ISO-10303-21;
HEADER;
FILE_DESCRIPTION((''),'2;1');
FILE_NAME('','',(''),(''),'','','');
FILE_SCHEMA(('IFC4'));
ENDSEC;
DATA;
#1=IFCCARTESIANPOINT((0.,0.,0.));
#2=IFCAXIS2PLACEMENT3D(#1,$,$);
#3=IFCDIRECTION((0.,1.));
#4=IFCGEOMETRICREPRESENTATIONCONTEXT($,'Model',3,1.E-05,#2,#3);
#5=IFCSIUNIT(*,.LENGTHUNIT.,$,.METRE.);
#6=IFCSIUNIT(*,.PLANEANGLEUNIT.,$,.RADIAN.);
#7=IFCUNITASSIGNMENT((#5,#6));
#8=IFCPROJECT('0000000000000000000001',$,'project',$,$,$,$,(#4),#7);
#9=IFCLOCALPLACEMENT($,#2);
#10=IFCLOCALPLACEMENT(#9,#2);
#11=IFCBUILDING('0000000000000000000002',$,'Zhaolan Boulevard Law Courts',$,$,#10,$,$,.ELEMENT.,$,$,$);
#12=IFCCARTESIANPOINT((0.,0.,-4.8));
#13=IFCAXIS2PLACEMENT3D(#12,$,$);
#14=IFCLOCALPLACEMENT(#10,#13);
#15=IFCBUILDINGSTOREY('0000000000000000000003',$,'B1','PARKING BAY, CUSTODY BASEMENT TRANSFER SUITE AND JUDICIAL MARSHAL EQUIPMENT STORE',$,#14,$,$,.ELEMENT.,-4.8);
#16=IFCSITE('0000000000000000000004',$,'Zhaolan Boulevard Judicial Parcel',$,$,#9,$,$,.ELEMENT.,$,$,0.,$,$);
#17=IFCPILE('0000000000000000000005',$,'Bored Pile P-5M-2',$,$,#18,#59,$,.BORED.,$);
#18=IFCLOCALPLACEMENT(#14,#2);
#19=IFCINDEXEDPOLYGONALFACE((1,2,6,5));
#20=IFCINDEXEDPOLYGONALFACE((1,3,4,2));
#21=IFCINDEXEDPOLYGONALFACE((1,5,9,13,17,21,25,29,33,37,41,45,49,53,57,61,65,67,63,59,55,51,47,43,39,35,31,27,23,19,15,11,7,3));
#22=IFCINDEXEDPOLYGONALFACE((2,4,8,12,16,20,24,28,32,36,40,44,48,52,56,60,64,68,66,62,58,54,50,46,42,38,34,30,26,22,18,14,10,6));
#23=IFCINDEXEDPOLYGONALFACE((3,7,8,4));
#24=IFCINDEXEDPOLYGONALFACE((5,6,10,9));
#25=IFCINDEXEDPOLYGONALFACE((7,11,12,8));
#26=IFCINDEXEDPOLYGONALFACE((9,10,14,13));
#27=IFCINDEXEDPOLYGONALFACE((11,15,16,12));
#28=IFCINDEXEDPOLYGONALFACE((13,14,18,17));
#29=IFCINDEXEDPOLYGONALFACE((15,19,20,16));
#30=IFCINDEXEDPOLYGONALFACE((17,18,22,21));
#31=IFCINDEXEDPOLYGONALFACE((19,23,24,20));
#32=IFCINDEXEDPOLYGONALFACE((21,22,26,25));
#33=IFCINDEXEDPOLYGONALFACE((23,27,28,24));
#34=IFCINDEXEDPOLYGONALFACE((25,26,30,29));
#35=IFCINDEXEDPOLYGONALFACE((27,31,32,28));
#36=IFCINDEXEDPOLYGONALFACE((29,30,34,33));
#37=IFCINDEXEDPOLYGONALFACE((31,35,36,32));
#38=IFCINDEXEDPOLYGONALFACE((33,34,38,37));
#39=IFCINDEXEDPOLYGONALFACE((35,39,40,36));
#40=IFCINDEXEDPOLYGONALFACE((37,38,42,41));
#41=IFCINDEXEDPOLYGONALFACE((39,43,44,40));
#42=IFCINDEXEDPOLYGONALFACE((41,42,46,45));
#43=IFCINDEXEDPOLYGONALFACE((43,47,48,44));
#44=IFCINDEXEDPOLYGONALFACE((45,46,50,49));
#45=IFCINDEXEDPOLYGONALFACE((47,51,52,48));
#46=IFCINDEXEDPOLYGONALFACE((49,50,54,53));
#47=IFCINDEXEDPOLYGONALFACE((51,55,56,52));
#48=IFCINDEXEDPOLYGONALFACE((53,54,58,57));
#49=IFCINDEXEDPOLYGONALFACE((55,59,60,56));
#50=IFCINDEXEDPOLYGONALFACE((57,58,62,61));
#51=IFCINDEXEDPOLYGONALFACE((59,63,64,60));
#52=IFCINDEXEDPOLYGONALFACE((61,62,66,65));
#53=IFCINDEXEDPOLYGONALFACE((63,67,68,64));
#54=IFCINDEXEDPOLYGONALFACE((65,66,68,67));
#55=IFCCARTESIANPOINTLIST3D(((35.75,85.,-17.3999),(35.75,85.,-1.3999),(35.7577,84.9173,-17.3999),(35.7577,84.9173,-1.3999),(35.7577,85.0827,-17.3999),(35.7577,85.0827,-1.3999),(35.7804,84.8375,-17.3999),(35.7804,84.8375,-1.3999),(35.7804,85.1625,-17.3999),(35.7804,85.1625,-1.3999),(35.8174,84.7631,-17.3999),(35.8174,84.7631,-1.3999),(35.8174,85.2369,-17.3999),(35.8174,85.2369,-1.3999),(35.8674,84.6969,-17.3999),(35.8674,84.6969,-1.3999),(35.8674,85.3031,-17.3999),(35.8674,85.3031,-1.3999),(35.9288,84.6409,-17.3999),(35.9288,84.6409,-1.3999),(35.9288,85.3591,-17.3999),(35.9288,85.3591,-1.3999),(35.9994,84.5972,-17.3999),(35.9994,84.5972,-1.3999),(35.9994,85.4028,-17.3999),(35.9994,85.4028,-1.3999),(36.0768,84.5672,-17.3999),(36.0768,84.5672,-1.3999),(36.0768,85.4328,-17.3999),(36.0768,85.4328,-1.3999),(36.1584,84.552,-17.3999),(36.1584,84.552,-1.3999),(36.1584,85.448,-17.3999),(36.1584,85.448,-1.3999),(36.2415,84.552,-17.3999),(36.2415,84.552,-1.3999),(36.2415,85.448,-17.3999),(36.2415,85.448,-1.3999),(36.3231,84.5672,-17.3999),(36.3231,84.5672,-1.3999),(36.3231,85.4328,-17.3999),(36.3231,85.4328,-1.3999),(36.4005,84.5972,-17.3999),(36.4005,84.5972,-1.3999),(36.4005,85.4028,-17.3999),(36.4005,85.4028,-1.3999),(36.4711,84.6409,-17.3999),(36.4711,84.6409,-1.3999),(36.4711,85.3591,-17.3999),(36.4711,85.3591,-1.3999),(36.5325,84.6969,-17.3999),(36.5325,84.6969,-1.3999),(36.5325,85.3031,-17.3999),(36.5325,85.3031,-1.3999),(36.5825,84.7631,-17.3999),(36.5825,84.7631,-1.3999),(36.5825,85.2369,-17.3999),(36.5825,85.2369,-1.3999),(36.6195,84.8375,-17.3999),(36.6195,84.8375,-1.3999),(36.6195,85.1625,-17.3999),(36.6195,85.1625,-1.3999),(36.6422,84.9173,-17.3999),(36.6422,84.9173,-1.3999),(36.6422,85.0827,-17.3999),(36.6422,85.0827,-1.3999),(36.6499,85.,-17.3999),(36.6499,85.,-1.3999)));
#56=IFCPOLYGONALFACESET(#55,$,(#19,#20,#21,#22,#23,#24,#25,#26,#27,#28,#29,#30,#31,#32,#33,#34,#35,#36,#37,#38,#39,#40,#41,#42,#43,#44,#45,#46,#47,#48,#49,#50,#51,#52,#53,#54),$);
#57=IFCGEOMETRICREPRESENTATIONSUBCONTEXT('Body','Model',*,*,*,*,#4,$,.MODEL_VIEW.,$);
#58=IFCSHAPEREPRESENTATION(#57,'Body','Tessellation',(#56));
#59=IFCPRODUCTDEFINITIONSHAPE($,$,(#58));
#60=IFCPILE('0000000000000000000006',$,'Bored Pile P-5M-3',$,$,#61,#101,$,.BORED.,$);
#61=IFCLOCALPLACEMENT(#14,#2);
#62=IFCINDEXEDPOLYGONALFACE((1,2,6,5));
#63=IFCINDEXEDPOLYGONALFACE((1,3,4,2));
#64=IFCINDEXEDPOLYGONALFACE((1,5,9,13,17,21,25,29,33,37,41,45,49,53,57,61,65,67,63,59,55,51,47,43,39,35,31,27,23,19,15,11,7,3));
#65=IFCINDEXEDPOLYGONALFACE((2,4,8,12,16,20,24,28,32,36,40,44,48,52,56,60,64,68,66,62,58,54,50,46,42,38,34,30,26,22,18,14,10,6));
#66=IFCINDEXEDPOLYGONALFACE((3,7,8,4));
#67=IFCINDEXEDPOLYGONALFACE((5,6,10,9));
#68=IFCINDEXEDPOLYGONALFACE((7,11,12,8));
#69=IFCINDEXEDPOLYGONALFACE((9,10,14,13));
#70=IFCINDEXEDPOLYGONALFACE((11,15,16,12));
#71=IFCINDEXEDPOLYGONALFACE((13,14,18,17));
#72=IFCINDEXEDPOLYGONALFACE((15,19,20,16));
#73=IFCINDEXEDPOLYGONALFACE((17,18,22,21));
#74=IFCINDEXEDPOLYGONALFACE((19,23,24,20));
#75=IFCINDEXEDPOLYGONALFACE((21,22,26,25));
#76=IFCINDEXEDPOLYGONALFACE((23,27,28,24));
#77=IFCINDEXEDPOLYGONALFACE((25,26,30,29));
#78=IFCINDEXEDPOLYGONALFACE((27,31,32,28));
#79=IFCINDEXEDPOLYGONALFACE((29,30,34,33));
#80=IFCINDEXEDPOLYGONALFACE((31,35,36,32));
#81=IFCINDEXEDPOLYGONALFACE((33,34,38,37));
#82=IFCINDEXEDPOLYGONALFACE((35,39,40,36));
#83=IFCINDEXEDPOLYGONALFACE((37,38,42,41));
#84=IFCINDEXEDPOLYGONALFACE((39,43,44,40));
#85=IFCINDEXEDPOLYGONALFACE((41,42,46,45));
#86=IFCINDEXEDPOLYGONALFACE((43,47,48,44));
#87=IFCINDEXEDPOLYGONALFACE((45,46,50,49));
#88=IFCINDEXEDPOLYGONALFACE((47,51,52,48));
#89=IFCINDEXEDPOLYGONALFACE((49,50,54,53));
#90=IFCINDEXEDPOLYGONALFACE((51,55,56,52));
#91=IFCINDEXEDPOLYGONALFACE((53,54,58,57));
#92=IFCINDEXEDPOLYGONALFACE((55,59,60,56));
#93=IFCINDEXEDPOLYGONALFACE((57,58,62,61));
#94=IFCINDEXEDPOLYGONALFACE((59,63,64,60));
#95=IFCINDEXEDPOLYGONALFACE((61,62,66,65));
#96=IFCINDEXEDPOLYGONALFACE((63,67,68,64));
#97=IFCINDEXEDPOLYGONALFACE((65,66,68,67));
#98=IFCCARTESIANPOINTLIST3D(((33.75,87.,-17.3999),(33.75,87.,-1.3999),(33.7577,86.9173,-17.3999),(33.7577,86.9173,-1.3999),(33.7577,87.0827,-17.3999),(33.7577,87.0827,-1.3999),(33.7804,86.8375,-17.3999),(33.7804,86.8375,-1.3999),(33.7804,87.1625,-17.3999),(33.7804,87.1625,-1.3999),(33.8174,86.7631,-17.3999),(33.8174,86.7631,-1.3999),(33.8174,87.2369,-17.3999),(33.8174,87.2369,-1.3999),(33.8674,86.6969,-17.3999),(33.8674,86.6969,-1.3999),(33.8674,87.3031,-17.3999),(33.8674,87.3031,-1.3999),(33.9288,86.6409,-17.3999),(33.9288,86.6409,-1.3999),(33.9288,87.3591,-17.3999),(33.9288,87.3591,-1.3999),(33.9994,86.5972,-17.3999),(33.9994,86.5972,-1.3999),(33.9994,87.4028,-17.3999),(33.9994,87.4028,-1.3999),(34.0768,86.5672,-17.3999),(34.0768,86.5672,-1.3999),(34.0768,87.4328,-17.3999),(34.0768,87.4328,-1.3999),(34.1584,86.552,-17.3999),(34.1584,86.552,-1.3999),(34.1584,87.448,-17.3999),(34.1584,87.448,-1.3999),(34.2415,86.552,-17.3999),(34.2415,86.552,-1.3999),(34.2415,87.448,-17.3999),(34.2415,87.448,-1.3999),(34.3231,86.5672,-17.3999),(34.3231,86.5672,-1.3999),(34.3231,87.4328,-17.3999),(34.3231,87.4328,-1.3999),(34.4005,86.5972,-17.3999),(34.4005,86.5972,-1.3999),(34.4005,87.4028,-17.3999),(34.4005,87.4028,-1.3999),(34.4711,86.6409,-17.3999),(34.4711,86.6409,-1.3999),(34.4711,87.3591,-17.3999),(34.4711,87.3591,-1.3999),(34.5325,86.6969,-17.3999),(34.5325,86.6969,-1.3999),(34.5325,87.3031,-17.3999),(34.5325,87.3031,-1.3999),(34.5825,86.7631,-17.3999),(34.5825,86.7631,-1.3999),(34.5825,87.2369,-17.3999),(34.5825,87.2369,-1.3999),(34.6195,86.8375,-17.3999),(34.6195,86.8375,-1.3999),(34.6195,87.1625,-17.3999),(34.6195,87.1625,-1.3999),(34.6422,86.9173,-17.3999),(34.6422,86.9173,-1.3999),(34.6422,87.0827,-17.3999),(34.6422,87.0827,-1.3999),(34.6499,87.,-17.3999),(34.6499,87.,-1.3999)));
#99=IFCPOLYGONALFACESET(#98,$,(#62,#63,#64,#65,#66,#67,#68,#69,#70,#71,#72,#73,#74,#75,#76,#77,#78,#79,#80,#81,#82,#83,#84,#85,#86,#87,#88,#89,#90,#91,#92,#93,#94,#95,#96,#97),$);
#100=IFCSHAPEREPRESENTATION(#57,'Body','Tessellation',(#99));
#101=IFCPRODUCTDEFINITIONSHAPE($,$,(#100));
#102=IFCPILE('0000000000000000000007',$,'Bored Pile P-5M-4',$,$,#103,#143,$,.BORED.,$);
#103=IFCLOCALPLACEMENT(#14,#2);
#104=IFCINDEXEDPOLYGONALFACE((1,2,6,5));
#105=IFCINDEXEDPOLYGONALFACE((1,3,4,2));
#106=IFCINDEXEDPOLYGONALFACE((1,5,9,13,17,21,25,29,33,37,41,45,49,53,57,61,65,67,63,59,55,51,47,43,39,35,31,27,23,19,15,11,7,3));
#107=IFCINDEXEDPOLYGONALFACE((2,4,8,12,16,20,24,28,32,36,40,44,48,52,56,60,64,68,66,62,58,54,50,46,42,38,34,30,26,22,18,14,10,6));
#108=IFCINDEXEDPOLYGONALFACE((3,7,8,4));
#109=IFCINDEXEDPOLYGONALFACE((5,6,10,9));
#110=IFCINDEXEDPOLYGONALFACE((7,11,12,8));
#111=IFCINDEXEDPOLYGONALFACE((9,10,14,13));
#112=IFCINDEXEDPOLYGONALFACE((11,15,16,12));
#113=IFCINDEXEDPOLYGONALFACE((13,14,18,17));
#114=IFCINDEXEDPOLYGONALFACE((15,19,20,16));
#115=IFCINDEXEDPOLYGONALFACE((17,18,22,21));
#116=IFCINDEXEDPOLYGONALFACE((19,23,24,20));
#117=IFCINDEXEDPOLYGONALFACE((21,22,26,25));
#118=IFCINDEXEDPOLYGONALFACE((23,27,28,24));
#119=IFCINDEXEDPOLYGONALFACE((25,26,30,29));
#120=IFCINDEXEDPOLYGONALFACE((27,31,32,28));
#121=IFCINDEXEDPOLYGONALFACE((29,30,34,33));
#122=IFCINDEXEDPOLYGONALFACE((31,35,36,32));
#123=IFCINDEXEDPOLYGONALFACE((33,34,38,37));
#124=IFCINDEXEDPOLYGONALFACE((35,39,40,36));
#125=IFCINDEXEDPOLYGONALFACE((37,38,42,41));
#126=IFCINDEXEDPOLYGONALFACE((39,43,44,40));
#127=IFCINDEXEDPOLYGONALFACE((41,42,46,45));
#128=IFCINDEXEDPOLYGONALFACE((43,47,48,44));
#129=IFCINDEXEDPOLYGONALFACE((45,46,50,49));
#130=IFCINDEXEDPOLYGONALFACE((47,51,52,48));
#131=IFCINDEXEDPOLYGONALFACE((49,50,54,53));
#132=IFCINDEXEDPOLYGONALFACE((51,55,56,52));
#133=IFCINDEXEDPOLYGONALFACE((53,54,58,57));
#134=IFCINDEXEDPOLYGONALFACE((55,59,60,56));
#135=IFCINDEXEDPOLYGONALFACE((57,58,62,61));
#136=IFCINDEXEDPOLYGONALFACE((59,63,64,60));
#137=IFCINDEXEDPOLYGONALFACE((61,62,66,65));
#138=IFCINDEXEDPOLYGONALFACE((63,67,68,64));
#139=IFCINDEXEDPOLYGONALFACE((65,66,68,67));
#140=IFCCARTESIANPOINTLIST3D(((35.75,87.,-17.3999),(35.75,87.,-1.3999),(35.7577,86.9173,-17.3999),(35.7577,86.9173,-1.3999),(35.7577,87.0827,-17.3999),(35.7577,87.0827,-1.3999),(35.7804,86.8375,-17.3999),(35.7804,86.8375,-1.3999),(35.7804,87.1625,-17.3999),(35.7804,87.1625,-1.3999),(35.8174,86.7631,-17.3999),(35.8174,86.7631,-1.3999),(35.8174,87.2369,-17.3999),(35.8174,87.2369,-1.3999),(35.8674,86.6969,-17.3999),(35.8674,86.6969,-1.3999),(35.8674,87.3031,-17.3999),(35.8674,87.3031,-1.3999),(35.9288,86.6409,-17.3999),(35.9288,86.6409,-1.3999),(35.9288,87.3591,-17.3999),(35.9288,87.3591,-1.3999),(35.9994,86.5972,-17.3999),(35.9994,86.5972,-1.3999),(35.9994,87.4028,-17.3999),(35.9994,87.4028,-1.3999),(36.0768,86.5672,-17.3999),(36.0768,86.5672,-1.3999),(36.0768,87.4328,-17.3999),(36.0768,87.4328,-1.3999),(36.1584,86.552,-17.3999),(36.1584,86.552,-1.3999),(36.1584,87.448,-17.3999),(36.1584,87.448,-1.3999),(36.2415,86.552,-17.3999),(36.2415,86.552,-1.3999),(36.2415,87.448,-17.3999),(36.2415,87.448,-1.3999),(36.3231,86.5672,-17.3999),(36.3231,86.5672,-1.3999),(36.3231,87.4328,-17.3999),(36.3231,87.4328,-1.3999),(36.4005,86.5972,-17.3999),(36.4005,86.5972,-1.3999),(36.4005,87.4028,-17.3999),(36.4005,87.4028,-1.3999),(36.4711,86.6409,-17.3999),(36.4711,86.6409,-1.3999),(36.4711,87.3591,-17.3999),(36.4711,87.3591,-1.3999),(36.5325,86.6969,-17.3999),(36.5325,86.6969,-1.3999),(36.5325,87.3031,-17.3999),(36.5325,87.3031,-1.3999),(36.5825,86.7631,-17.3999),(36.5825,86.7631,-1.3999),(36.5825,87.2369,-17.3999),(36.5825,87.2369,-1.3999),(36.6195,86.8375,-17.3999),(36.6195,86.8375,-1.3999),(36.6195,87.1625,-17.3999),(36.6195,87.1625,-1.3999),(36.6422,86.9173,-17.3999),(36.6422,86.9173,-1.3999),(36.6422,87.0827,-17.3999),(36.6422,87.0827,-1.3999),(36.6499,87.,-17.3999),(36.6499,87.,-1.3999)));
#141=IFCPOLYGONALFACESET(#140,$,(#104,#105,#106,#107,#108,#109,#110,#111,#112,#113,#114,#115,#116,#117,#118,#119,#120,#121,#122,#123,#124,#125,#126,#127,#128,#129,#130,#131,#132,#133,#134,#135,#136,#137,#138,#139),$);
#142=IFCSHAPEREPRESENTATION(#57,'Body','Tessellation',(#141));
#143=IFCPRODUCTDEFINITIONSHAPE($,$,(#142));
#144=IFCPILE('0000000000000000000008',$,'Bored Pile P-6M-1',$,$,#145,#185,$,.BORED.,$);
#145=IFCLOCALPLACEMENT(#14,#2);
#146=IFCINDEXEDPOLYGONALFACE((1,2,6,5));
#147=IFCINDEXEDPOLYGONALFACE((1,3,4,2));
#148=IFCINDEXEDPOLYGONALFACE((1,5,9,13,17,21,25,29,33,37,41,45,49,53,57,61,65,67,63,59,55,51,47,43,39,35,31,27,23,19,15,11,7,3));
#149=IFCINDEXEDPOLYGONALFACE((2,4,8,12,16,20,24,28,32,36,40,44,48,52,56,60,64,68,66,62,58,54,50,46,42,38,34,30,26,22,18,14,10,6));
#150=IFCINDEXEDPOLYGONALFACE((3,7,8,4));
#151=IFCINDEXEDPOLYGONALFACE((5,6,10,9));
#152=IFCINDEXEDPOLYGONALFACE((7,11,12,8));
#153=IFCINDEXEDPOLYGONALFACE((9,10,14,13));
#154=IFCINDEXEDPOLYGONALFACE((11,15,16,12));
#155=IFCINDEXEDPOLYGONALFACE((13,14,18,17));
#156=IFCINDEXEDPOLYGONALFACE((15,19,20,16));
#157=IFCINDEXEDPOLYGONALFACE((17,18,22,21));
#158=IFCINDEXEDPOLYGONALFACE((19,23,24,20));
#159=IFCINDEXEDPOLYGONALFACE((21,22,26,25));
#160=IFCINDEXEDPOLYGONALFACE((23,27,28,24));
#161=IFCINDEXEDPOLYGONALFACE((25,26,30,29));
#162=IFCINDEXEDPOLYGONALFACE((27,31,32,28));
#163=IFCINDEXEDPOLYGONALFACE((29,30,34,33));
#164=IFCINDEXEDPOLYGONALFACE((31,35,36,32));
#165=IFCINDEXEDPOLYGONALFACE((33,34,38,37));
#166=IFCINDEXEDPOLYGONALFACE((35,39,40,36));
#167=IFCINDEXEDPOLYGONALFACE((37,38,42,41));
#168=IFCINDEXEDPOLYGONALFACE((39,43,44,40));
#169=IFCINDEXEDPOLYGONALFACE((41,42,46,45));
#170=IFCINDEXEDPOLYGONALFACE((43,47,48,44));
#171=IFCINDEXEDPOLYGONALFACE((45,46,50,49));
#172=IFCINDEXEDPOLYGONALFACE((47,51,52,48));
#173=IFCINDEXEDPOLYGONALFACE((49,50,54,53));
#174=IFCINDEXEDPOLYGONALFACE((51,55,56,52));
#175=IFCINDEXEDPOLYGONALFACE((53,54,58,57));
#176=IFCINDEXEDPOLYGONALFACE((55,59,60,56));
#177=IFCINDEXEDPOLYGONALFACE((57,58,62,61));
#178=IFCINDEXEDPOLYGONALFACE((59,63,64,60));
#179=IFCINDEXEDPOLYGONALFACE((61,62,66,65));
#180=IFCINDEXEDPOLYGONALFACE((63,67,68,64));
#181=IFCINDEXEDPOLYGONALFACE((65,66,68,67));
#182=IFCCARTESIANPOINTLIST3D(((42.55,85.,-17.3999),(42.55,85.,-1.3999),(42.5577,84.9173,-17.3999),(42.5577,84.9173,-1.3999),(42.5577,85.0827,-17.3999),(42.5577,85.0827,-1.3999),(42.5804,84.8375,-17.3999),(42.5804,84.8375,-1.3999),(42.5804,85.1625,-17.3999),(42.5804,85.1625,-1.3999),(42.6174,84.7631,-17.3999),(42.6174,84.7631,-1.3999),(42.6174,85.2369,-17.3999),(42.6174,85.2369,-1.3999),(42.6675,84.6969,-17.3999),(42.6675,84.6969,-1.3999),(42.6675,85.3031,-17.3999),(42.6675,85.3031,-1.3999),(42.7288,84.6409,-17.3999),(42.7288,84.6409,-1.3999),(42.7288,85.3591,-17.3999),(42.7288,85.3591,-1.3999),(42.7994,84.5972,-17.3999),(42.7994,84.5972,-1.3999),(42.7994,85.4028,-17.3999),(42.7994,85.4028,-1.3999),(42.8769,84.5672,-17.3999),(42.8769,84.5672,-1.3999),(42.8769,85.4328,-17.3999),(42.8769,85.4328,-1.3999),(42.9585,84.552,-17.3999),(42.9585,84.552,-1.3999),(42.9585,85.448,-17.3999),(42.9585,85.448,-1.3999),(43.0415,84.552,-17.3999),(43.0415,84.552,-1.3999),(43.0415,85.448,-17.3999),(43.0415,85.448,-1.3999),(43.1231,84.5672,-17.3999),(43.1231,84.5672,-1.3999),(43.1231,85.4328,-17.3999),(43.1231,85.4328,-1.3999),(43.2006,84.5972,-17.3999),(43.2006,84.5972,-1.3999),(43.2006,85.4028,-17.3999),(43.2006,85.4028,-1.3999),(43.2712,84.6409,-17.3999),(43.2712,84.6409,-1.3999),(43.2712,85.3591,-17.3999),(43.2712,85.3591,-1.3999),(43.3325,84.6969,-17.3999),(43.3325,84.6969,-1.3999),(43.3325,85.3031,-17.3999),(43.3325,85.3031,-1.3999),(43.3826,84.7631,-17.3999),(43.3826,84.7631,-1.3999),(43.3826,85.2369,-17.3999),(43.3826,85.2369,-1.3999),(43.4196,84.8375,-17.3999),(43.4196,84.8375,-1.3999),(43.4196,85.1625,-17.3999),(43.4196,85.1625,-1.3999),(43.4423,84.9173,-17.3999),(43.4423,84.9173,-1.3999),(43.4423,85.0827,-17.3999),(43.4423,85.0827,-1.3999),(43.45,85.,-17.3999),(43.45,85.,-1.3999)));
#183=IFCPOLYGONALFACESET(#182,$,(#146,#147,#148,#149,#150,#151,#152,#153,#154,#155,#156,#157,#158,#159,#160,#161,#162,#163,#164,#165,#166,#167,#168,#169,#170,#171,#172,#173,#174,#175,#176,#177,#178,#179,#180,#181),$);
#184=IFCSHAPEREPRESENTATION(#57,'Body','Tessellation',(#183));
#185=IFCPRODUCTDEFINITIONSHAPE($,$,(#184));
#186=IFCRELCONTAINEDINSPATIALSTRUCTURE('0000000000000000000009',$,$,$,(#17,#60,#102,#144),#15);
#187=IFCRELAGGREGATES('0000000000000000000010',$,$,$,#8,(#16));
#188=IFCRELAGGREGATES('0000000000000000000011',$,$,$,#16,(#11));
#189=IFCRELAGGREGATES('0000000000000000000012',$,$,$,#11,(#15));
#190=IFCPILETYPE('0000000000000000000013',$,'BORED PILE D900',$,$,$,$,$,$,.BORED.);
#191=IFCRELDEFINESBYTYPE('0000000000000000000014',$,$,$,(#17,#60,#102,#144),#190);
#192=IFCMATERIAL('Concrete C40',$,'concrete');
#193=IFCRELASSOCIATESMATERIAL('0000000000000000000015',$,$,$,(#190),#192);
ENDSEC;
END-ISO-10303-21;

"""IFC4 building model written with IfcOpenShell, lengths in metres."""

from ifc_helpers import new_model, si_unit, direction, frame, origin, origin_2d, place, context, subcontext, project, spatial, circle, extrude, material, material_profile, profile_set, type_object, element, save


model = new_model("IFC4")

# Units and contexts
model_context = context("Model", 3, precision=1e-05, world=origin(), true_north=direction((0.0, 1.0)))
body_context = subcontext(model_context, "Body", "Model", "MODEL_VIEW")
ifc_project = project(units=[si_unit("LENGTHUNIT", "METRE"), si_unit("PLANEANGLEUNIT", "RADIAN")], contexts=[model_context])

# Site, building, storey
site_placement = place(None, origin())
site = spatial("IfcSite", under=ifc_project, at=site_placement, Name="Zhaolan Boulevard Judicial Parcel", CompositionType="ELEMENT", RefElevation=0.0)
building_placement = place(site_placement, origin())
building = spatial("IfcBuilding", under=site, at=building_placement, Name="Zhaolan Boulevard Law Courts", CompositionType="ELEMENT")
storey_placement = place(building_placement, frame((0.0, 0.0, -4.8)))
storey = spatial("IfcBuildingStorey", under=building, at=storey_placement, Name="B1", Description="PARKING BAY, CUSTODY BASEMENT TRANSFER SUITE AND JUDICIAL MARSHAL EQUIPMENT STORE", CompositionType="ELEMENT", Elevation=-4.8)

# Piles
ifc_material_1 = material(Name="Concrete C40", Category="concrete")
ifc_material_profile_1 = material_profile(ifc_material_1, circle(Radius=0.45, at=origin_2d()), Name="PILE-D900")
ifc_profile_set_1 = profile_set([ifc_material_profile_1], Name="Concrete C40")
pile_type_1 = type_object("IfcPileType", Name="BORED PILE D900", PredefinedType="BORED", material=ifc_profile_set_1)
for number, where, z_axis, x_axis, name in (
    (1, (36.2, 85.0, -1.3999), (0.0, 0.0, -1.0), (1.0, 0.0, 0.0), "Bored Pile P-5M-2"),
    (2, (34.2, 87.0, -1.3999), (0.0, 0.0, -1.0), (1.0, 0.0, 0.0), "Bored Pile P-5M-3"),
    (3, (36.2, 87.0, -1.3999), (0.0, 0.0, -1.0), (1.0, 0.0, 0.0), "Bored Pile P-5M-4"),
    (4, (43.0, 85.0, -1.3999), (0.0, 0.0, -1.0), (1.0, 0.0, 0.0), "Bored Pile P-6M-1"),
):
    element("IfcPile", number, at=place(storey_placement, frame(where, z_axis=z_axis, x_axis=x_axis)), inside=storey, type_object=pile_type_1, Name=name, PredefinedType="BORED", context=body_context, shape_type="SweptSolid", body=[
        extrude(circle(Radius=0.45, at=origin_2d()), origin(), (0.0, 0.0, 1.0), 16.0),
    ])

save(model, "model.ifc")
